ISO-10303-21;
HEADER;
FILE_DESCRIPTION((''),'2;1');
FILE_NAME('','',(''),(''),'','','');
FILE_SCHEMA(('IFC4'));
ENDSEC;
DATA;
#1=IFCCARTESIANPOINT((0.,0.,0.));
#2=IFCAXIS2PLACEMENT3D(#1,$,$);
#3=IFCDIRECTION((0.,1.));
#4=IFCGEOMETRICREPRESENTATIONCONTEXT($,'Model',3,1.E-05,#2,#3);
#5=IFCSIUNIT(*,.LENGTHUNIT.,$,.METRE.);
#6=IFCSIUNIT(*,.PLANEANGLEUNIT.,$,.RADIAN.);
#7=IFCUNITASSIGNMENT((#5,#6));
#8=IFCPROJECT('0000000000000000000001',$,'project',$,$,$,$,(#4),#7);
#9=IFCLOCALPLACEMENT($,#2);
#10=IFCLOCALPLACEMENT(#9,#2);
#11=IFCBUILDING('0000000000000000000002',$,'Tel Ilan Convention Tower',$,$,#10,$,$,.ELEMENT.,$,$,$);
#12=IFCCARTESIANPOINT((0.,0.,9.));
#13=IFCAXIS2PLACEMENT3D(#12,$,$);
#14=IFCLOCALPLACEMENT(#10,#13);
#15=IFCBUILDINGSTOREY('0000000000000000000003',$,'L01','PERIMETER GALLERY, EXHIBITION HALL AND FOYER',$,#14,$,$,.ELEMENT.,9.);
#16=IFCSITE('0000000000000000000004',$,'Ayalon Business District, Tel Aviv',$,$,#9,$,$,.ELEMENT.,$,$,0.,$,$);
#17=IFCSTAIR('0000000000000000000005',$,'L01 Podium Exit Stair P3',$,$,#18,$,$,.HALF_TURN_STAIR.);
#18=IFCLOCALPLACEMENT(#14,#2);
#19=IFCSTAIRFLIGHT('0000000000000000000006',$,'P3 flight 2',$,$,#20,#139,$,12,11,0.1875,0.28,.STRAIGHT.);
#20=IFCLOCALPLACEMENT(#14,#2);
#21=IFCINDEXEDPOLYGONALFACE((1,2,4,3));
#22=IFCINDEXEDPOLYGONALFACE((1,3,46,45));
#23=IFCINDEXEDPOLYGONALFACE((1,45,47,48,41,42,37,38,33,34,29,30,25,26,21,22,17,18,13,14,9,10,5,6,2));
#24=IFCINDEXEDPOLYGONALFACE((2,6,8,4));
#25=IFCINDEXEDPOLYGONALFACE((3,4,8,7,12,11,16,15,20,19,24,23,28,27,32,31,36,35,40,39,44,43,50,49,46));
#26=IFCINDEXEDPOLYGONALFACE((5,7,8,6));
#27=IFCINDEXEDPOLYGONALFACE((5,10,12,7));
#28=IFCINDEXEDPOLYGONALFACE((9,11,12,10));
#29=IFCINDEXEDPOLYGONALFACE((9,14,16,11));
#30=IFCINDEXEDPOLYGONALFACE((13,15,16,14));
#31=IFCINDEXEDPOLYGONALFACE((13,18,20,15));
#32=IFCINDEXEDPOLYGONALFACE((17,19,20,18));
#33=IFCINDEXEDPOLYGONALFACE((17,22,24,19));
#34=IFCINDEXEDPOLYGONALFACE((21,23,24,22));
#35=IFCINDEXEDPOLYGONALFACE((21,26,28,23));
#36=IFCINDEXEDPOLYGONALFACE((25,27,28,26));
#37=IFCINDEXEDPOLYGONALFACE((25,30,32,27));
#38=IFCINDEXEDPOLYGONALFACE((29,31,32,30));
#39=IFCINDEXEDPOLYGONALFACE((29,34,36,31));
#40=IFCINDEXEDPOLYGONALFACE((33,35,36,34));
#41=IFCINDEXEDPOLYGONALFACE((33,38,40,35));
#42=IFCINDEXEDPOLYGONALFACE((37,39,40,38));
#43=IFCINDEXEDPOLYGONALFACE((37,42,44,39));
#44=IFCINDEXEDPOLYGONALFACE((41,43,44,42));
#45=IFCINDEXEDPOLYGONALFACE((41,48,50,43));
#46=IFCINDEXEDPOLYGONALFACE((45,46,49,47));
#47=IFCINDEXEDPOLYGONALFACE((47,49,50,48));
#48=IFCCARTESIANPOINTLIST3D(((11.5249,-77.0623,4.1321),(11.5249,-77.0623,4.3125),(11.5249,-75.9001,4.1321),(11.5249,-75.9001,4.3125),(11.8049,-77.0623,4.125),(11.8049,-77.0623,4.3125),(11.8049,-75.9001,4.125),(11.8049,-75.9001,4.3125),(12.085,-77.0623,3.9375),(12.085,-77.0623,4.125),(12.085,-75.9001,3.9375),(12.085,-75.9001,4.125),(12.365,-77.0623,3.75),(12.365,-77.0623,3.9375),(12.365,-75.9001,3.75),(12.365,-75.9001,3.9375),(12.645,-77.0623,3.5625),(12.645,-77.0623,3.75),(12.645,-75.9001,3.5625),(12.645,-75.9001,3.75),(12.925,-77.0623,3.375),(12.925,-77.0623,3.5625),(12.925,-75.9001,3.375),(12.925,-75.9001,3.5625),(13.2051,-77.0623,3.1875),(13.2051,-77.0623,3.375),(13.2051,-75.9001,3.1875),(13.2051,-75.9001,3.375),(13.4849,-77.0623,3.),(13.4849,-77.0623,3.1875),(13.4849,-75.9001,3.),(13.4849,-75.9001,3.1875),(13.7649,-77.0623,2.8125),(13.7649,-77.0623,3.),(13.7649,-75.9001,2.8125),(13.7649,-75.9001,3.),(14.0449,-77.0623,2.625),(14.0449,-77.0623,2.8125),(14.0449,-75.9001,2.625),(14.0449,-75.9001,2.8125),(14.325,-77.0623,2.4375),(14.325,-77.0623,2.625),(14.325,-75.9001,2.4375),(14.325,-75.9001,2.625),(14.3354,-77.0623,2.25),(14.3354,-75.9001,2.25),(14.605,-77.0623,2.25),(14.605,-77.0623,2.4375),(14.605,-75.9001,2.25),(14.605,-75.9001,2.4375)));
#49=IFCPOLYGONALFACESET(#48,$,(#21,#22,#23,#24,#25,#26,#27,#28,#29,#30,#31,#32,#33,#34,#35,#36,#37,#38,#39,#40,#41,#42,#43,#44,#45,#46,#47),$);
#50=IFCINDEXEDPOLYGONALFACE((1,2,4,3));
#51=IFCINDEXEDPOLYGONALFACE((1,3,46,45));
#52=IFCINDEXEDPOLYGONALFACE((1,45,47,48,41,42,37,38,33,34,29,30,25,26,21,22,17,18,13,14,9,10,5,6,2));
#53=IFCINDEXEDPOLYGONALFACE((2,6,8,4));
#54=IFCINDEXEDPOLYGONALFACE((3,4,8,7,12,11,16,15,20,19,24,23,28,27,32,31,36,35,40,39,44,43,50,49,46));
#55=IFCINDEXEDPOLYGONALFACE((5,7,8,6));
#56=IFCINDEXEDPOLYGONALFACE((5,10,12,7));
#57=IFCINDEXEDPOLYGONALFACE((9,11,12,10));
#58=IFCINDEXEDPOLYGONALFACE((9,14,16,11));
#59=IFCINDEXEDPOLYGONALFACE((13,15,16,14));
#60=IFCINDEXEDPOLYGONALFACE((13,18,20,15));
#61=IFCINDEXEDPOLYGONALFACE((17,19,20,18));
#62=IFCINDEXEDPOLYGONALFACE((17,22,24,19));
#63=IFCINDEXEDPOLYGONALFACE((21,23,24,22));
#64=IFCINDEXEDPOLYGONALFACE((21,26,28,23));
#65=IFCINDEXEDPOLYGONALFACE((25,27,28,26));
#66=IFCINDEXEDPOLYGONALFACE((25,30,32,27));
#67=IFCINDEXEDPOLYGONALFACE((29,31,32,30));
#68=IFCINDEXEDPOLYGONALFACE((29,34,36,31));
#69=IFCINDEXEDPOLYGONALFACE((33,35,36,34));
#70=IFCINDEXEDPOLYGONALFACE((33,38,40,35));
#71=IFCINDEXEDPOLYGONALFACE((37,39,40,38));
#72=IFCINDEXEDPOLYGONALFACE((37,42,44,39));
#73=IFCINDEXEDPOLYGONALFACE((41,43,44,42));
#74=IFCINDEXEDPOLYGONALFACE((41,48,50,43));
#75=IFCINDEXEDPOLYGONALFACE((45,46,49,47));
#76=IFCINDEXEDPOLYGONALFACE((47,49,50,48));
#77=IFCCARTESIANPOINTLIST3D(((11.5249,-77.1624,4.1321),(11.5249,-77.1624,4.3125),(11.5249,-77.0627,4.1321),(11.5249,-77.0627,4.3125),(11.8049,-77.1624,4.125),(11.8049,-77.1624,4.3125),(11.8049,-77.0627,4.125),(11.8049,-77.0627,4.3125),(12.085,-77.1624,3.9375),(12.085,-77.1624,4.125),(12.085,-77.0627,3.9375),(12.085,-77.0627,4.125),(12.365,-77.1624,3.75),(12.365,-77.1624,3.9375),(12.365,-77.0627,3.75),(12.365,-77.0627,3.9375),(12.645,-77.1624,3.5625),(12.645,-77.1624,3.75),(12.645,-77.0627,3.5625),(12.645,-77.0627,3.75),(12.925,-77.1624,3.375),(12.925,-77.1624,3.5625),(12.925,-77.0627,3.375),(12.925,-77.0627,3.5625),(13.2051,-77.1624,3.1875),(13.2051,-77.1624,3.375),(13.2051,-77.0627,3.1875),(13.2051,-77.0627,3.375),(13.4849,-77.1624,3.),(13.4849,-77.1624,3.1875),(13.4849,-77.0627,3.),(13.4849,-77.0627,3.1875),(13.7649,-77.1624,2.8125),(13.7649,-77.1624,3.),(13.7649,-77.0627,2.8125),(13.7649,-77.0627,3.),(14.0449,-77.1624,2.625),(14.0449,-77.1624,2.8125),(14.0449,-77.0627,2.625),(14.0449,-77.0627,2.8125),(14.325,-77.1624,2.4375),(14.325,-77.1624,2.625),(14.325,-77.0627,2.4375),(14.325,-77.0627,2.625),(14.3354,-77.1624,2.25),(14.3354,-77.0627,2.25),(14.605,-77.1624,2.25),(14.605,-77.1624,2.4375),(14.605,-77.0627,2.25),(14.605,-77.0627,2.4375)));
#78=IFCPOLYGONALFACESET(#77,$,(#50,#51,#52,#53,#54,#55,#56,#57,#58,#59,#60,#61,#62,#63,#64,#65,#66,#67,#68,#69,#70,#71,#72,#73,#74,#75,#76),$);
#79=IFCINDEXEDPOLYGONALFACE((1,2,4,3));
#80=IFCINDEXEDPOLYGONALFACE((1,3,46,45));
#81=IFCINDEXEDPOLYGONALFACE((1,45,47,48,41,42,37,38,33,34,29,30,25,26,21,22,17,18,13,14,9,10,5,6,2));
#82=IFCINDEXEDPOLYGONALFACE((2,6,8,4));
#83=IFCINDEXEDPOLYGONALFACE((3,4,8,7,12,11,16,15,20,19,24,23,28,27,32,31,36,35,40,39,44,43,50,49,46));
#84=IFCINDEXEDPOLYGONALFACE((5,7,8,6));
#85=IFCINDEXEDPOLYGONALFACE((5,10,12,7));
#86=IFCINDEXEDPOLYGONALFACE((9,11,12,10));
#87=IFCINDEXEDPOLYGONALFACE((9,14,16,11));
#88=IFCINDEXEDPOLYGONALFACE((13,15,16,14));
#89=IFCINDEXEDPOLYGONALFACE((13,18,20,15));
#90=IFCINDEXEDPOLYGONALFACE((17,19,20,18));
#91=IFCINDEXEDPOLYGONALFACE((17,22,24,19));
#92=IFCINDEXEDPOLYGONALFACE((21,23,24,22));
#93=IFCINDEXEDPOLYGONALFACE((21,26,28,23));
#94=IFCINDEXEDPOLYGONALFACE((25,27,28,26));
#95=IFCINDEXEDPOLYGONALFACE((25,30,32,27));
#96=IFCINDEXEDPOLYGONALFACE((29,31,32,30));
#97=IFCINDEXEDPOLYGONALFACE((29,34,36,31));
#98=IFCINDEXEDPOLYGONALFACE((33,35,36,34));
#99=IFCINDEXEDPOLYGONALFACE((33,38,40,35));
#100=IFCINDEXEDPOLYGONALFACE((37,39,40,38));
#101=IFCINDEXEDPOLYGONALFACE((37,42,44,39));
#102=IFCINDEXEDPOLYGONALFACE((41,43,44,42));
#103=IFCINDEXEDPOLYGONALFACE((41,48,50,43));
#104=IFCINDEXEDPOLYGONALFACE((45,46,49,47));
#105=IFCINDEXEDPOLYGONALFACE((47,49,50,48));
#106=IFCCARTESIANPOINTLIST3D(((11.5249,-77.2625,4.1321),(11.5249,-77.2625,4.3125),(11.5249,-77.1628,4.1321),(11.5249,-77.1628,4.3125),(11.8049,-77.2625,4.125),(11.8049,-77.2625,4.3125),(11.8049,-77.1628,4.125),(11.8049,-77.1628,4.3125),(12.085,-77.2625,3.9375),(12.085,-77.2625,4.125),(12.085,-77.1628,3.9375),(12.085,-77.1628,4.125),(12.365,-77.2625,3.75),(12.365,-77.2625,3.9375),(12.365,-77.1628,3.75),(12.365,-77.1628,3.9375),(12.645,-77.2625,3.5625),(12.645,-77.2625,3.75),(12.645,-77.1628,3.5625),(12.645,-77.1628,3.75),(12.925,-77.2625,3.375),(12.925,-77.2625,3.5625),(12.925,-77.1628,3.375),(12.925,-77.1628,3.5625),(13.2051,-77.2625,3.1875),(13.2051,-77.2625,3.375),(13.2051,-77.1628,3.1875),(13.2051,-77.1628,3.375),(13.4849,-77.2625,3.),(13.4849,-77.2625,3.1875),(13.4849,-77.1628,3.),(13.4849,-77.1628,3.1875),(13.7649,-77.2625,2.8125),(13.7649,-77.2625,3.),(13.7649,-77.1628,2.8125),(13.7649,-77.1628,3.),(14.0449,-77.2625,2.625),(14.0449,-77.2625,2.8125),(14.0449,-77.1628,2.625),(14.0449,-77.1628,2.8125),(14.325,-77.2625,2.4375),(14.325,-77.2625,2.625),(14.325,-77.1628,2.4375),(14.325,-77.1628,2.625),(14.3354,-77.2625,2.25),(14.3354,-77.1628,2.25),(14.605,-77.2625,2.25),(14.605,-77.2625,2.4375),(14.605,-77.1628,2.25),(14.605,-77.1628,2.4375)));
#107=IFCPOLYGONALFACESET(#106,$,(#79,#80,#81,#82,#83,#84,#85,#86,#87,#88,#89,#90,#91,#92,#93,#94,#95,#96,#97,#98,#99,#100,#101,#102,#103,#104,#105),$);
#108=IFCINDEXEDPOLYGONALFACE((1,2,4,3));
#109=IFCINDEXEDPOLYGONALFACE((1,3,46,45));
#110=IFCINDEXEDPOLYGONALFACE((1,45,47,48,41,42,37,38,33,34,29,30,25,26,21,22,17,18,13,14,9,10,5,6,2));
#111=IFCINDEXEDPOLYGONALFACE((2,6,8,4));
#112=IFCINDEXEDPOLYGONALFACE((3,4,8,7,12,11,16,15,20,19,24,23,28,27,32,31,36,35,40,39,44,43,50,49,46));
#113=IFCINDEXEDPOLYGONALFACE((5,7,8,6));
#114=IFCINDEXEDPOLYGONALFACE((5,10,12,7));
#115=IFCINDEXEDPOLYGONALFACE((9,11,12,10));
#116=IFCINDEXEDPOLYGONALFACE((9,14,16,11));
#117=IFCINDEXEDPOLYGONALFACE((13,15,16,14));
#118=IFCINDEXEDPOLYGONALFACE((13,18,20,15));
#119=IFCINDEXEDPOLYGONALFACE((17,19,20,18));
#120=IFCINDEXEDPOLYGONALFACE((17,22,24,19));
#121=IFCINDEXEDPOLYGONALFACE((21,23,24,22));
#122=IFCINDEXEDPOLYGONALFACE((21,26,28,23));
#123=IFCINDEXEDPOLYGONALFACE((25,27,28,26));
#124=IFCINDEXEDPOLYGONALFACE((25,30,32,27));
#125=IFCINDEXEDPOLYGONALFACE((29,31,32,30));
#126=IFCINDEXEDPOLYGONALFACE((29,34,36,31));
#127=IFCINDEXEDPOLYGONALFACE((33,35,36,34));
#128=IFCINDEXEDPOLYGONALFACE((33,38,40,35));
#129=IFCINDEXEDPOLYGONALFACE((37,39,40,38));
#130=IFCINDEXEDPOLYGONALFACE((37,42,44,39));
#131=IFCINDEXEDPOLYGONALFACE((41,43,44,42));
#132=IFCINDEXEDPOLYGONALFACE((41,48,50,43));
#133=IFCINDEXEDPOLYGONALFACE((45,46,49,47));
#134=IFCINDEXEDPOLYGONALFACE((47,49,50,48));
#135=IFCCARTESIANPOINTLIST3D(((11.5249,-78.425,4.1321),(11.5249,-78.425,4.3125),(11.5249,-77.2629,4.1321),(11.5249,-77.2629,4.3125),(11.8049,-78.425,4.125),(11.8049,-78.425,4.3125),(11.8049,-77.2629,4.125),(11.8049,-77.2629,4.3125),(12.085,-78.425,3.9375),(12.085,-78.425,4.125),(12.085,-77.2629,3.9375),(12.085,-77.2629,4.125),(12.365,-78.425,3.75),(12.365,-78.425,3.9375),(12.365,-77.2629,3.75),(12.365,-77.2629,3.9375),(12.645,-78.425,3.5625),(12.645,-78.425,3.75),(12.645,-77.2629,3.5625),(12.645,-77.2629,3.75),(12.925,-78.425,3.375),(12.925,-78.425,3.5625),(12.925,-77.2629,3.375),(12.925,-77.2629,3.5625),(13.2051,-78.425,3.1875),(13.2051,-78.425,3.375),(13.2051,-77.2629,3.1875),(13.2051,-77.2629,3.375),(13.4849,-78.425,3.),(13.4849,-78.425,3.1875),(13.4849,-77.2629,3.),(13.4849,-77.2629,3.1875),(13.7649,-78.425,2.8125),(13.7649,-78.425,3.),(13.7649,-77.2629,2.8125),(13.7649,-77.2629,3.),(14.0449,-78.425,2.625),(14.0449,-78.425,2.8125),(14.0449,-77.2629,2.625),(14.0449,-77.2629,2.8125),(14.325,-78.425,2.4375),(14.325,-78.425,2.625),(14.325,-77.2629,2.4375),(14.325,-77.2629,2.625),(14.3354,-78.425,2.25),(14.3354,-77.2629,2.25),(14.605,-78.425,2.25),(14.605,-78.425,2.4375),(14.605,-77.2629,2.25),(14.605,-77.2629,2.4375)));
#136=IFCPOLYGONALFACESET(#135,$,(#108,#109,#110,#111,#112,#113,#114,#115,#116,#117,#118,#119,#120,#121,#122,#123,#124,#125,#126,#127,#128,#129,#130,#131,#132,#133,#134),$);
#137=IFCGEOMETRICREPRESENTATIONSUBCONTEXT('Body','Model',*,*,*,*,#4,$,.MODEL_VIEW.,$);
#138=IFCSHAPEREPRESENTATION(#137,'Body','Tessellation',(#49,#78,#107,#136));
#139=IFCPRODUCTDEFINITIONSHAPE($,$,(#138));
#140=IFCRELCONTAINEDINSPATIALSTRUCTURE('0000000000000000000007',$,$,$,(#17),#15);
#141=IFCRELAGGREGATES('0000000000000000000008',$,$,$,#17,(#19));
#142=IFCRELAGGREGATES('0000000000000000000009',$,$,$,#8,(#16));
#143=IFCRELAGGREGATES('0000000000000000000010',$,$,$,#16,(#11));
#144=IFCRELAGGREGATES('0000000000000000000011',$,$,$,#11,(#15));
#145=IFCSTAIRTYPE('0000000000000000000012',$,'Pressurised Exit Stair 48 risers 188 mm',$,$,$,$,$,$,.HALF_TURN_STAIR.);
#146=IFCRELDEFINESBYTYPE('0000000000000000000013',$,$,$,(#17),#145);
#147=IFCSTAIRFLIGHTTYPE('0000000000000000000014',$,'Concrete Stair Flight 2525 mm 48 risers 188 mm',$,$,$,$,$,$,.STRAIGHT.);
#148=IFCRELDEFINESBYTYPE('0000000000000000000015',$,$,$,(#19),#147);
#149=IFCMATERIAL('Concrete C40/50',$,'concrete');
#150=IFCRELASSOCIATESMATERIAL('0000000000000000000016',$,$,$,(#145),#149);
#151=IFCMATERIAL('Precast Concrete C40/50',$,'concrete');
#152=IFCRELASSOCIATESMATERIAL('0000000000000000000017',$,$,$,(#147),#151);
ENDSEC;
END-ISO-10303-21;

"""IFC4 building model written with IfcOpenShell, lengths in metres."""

from ifc_helpers import new_model, si_unit, direction, frame, origin, place, context, subcontext, project, spatial, polyline, outline, extrude, material, type_object, element, aggregate, save


model = new_model("IFC4")

# Units and contexts
model_context = context("Model", 3, precision=1e-05, world=origin(), true_north=direction((0.0, 1.0)))
body_context = subcontext(model_context, "Body", "Model", "MODEL_VIEW")
ifc_project = project(units=[si_unit("LENGTHUNIT", "METRE"), si_unit("PLANEANGLEUNIT", "RADIAN")], contexts=[model_context])

# Site, building, storey
site_placement = place(None, origin())
site = spatial("IfcSite", under=ifc_project, at=site_placement, Name="Ayalon Business District, Tel Aviv", CompositionType="ELEMENT", RefElevation=0.0)
building_placement = place(site_placement, origin())
building = spatial("IfcBuilding", under=site, at=building_placement, Name="Tel Ilan Convention Tower", CompositionType="ELEMENT")
storey_placement = place(building_placement, frame((0.0, 0.0, 9.0)))
storey = spatial("IfcBuildingStorey", under=building, at=storey_placement, Name="L01", Description="PERIMETER GALLERY, EXHIBITION HALL AND FOYER", CompositionType="ELEMENT", Elevation=9.0)

# Stair, stair flight
ifc_material_1 = material(Name="Concrete C40/50", Category="concrete")
stair_type = type_object("IfcStairType", Name="Pressurised Exit Stair 48 risers 188 mm", PredefinedType="HALF_TURN_STAIR", material=ifc_material_1)
stair_placement = place(storey_placement, origin())
stair = element("IfcStair", 1, at=stair_placement, inside=storey, type_object=stair_type, Name="L01 Podium Exit Stair P3", PredefinedType="HALF_TURN_STAIR")
ifc_material_2 = material(Name="Precast Concrete C40/50", Category="concrete")
stair_flight_type = type_object("IfcStairFlightType", Name="Concrete Stair Flight 2525 mm 48 risers 188 mm", PredefinedType="STRAIGHT", material=ifc_material_2)
stair_flight_1_placement = place(storey_placement, frame((14.605, -77.1626, 2.25), z_axis=(0.0, 0.0, 1.0), x_axis=(-1.0, 0.0, 0.0)))
stair_flight_1 = element("IfcStairFlight", 2, at=stair_flight_1_placement, type_object=stair_flight_type, Name="P3 flight 2", NumberOfRisers=12, NumberOfTreads=11, PredefinedType="STRAIGHT", RiserHeight=0.1875, TreadLength=0.28, context=body_context, shape_type="SweptSolid", body=[
    extrude(outline(polyline([(0.0, 0.0), (0.0, 0.1875), (0.28, 0.1875), (0.28, 0.375), (0.5601, 0.375), (0.5601, 0.5625), (0.8401, 0.5625), (0.8401, 0.75), (1.1201, 0.75), (1.1201, 0.9375), (1.3999, 0.9375), (1.3999, 1.125), (1.6799, 1.125), (1.6799, 1.3125), (1.96, 1.3125), (1.96, 1.5), (2.24, 1.5), (2.24, 1.6875), (2.52, 1.6875), (2.52, 1.875), (2.8, 1.875), (2.8, 2.0625), (3.0801, 2.0625), (3.0801, 2.25), (3.0801, 1.8821), (0.2695, 0.0), (0.0, 0.0)])), frame((0.0, -0.1003, 0.0), z_axis=(0.0, -1.0, 0.0), x_axis=(1.0, 0.0, 0.0)), (0.0, 0.0, 1.0), 1.1621),
    extrude(outline(polyline([(0.0, 0.0), (0.0, 0.1875), (0.28, 0.1875), (0.28, 0.375), (0.5601, 0.375), (0.5601, 0.5625), (0.8401, 0.5625), (0.8401, 0.75), (1.1201, 0.75), (1.1201, 0.9375), (1.3999, 0.9375), (1.3999, 1.125), (1.6799, 1.125), (1.6799, 1.3125), (1.96, 1.3125), (1.96, 1.5), (2.24, 1.5), (2.24, 1.6875), (2.52, 1.6875), (2.52, 1.875), (2.8, 1.875), (2.8, 2.0625), (3.0801, 2.0625), (3.0801, 2.25), (3.0801, 1.8821), (0.2695, 0.0), (0.0, 0.0)])), frame((0.0, -0.0002, 0.0), z_axis=(0.0, -1.0, 0.0), x_axis=(1.0, 0.0, 0.0)), (0.0, 0.0, 1.0), 0.0996),
    extrude(outline(polyline([(0.0, 0.0), (0.0, 0.1875), (0.28, 0.1875), (0.28, 0.375), (0.5601, 0.375), (0.5601, 0.5625), (0.8401, 0.5625), (0.8401, 0.75), (1.1201, 0.75), (1.1201, 0.9375), (1.3999, 0.9375), (1.3999, 1.125), (1.6799, 1.125), (1.6799, 1.3125), (1.96, 1.3125), (1.96, 1.5), (2.24, 1.5), (2.24, 1.6875), (2.52, 1.6875), (2.52, 1.875), (2.8, 1.875), (2.8, 2.0625), (3.0801, 2.0625), (3.0801, 2.25), (3.0801, 1.8821), (0.2695, 0.0), (0.0, 0.0)])), frame((0.0, 0.0999, 0.0), z_axis=(0.0, -1.0, 0.0), x_axis=(1.0, 0.0, 0.0)), (0.0, 0.0, 1.0), 0.0996),
    extrude(outline(polyline([(0.0, 0.0), (0.0, 0.1875), (0.28, 0.1875), (0.28, 0.375), (0.5601, 0.375), (0.5601, 0.5625), (0.8401, 0.5625), (0.8401, 0.75), (1.1201, 0.75), (1.1201, 0.9375), (1.3999, 0.9375), (1.3999, 1.125), (1.6799, 1.125), (1.6799, 1.3125), (1.96, 1.3125), (1.96, 1.5), (2.24, 1.5), (2.24, 1.6875), (2.52, 1.6875), (2.52, 1.875), (2.8, 1.875), (2.8, 2.0625), (3.0801, 2.0625), (3.0801, 2.25), (3.0801, 1.8821), (0.2695, 0.0), (0.0, 0.0)])), frame((0.0, 1.2625, 0.0), z_axis=(0.0, -1.0, 0.0), x_axis=(1.0, 0.0, 0.0)), (0.0, 0.0, 1.0), 1.1621),
])
aggregate(stair, [stair_flight_1])

save(model, "model.ifc")
